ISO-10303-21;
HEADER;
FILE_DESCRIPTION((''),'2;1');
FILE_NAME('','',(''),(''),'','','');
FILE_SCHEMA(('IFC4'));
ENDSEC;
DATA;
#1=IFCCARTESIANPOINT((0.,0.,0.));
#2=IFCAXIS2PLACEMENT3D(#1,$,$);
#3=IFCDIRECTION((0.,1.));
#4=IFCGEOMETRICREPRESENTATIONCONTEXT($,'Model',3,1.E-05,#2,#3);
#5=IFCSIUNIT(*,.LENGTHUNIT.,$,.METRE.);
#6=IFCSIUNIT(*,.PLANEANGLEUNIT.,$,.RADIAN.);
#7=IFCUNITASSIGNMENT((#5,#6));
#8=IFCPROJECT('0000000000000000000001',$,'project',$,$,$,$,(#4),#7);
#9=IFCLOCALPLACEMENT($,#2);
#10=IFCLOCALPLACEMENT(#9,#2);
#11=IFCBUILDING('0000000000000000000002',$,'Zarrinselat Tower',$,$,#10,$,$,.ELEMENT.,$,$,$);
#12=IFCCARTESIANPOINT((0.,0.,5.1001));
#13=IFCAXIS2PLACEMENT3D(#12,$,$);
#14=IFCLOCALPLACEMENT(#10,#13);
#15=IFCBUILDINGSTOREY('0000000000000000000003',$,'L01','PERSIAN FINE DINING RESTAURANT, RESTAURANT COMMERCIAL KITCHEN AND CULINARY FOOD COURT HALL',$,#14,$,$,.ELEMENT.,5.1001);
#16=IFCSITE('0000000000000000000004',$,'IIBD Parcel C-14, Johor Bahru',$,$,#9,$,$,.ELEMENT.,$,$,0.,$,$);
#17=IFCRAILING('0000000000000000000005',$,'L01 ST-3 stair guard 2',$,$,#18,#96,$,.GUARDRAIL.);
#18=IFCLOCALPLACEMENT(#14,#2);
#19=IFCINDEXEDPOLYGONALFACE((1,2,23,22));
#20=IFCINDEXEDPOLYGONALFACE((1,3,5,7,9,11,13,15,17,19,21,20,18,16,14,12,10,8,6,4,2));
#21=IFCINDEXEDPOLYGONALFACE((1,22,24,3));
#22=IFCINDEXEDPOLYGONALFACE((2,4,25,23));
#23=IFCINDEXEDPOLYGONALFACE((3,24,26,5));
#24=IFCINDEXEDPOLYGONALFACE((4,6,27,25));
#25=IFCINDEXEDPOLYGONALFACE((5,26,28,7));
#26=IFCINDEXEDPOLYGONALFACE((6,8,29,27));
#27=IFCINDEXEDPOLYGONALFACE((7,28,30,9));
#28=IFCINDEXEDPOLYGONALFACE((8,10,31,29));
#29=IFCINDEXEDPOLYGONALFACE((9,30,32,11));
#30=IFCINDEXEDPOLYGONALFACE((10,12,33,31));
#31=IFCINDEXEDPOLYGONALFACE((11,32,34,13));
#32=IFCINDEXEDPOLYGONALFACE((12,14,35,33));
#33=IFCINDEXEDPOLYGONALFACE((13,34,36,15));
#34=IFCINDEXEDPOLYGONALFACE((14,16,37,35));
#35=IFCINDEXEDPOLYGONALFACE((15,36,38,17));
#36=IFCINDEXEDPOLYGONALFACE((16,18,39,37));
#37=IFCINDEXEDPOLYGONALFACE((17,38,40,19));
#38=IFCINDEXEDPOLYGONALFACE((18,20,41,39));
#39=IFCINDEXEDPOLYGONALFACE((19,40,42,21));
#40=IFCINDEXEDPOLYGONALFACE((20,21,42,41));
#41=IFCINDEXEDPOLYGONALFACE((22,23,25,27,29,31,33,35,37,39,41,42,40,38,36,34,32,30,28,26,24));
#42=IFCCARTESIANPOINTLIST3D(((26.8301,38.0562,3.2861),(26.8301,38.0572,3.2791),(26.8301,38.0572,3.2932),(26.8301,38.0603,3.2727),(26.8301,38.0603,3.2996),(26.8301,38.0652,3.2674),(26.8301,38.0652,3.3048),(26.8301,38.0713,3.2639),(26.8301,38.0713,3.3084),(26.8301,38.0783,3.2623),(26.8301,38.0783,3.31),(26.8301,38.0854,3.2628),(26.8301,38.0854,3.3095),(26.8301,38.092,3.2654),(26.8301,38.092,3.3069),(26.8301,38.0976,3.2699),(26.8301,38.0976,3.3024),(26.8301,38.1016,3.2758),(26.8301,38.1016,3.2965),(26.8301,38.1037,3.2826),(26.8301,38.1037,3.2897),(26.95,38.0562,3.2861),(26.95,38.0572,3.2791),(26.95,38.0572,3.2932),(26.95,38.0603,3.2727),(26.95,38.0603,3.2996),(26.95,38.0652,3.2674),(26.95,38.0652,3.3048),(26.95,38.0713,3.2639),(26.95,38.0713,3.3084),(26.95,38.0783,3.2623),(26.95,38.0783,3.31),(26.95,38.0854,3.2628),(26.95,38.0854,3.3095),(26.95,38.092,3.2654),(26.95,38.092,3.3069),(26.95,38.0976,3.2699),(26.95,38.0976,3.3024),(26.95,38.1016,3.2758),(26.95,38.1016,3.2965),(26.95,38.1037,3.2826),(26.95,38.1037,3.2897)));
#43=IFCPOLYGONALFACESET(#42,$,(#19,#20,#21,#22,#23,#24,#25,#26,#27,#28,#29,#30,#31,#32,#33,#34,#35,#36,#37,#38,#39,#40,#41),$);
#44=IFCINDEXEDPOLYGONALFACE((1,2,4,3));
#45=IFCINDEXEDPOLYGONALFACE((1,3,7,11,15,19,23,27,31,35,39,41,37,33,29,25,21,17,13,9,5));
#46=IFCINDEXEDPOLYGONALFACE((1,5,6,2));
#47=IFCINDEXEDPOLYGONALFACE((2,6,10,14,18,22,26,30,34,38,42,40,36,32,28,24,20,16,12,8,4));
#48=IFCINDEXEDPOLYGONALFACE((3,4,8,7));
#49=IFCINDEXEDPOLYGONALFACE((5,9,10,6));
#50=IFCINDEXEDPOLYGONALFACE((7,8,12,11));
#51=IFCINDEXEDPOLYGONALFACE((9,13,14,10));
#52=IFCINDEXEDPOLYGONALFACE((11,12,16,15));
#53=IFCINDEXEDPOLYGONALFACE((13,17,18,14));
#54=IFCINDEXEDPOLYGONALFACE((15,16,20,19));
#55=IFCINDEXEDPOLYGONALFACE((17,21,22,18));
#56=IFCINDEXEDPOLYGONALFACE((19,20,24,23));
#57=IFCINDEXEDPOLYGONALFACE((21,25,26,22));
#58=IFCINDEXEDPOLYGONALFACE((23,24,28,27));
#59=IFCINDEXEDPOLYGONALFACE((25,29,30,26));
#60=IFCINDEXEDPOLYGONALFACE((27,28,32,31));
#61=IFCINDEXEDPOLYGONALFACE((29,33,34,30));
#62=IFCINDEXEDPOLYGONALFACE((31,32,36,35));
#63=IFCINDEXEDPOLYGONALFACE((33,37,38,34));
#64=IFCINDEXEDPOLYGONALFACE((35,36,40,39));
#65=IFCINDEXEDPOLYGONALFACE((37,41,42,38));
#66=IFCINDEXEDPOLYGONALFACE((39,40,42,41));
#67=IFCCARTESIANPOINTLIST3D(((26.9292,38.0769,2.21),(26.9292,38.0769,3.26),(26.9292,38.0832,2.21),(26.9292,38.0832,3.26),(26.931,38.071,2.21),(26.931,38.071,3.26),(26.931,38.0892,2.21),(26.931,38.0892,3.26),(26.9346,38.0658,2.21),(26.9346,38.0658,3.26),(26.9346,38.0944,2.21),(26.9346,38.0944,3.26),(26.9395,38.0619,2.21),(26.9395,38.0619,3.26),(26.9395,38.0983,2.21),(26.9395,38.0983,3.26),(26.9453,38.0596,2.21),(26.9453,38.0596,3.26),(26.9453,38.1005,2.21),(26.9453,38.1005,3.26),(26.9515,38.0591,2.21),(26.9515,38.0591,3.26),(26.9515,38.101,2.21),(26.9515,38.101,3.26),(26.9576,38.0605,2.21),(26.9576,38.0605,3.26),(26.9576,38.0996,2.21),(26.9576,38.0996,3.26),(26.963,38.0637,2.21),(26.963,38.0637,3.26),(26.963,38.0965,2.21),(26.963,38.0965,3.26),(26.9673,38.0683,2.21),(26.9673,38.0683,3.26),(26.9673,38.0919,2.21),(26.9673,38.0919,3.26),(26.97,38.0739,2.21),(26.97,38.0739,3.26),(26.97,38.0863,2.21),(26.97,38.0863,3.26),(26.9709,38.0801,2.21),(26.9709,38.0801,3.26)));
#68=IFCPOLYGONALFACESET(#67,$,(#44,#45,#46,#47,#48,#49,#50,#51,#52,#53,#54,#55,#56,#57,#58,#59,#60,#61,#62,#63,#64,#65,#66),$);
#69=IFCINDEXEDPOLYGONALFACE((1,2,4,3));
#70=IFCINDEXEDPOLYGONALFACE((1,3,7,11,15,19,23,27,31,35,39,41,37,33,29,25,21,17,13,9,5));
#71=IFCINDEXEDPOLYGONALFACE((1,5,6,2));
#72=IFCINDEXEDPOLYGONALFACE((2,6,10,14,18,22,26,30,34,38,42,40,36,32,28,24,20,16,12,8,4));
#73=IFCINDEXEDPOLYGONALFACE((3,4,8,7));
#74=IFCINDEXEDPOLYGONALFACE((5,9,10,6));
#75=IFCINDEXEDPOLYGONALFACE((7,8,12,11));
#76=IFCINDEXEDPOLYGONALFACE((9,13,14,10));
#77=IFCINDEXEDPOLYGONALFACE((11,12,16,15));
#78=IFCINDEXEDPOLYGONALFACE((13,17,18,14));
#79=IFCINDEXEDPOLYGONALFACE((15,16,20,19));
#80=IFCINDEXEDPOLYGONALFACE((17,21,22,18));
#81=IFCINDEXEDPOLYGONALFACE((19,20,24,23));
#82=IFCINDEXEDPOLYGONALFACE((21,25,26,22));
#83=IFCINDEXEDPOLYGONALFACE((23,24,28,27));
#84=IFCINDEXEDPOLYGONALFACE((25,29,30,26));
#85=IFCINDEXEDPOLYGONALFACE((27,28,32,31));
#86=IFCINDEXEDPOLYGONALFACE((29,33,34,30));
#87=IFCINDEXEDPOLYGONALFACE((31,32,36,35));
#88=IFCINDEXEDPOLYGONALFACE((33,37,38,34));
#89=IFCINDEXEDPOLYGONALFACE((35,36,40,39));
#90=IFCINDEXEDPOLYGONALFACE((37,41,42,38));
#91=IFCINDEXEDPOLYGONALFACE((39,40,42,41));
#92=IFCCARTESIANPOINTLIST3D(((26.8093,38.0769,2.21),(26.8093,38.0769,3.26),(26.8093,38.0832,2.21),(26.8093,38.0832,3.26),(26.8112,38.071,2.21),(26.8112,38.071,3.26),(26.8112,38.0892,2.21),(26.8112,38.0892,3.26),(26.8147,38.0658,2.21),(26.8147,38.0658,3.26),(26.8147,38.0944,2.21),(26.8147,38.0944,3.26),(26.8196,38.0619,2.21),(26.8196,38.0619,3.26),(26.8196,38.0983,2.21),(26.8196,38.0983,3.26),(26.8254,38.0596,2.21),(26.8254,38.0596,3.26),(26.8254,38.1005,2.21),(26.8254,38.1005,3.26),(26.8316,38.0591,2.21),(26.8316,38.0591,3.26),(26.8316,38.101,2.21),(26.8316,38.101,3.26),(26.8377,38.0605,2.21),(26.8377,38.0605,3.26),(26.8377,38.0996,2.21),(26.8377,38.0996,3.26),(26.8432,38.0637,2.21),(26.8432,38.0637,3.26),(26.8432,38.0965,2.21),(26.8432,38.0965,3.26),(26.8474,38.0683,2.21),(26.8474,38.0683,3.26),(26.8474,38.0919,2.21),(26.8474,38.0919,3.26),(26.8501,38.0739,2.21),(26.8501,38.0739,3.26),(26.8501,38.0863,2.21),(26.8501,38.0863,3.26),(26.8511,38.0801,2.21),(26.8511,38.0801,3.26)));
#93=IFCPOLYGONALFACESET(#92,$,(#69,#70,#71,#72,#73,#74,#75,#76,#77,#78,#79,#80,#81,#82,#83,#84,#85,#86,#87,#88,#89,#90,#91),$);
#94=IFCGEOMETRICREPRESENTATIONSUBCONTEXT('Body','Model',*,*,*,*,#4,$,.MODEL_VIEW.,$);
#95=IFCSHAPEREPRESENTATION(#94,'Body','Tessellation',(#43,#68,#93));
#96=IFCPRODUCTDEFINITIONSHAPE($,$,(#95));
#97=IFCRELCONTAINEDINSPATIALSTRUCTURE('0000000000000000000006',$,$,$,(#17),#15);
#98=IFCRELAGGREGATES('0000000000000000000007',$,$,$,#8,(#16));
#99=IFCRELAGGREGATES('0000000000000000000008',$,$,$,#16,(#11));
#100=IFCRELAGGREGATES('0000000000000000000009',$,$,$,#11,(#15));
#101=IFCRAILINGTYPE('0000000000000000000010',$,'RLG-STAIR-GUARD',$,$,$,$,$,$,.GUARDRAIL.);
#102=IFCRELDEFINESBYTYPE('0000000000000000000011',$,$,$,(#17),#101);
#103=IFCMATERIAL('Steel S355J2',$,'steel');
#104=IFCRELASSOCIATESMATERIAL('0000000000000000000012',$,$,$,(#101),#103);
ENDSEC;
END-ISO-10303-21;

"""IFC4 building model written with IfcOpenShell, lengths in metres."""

from ifc_helpers import new_model, si_unit, direction, frame, origin, origin_2d, place, context, subcontext, project, spatial, circle, extrude, material, type_object, element, save


model = new_model("IFC4")

# Units and contexts
model_context = context("Model", 3, precision=1e-05, world=origin(), true_north=direction((0.0, 1.0)))
body_context = subcontext(model_context, "Body", "Model", "MODEL_VIEW")
ifc_project = project(units=[si_unit("LENGTHUNIT", "METRE"), si_unit("PLANEANGLEUNIT", "RADIAN")], contexts=[model_context])

# Site, building, storey
site_placement = place(None, origin())
site = spatial("IfcSite", under=ifc_project, at=site_placement, Name="IIBD Parcel C-14, Johor Bahru", CompositionType="ELEMENT", RefElevation=0.0)
building_placement = place(site_placement, origin())
building = spatial("IfcBuilding", under=site, at=building_placement, Name="Zarrinselat Tower", CompositionType="ELEMENT")
storey_placement = place(building_placement, frame((0.0, 0.0, 5.1001)))
storey = spatial("IfcBuildingStorey", under=building, at=storey_placement, Name="L01", Description="PERSIAN FINE DINING RESTAURANT, RESTAURANT COMMERCIAL KITCHEN AND CULINARY FOOD COURT HALL", CompositionType="ELEMENT", Elevation=5.1001)

# Railing
ifc_material_1 = material(Name="Steel S355J2", Category="steel")
railing_type_1 = type_object("IfcRailingType", Name="RLG-STAIR-GUARD", PredefinedType="GUARDRAIL", material=ifc_material_1)
railing_1_placement = place(storey_placement, frame((26.95, 38.0801, 2.21)))
element("IfcRailing", 1, at=railing_1_placement, inside=storey, type_object=railing_type_1, Name="L01 ST-3 stair guard 2", PredefinedType="GUARDRAIL", context=body_context, shape_type="SweptSolid", body=[
    extrude(circle(Radius=0.0239, at=origin_2d()), frame((0.0, 0.0, 1.0762), z_axis=(-1.0, 0.0, 0.0), x_axis=(0.0, -1.0, 0.0)), (0.0, 0.0, 1.0), 0.1199),
    extrude(circle(Radius=0.021, at=origin_2d()), origin(), (0.0, 0.0, 1.0), 1.05),
    extrude(circle(Radius=0.021, at=origin_2d()), frame((-0.1199, 0.0, 0.0)), (0.0, 0.0, 1.0), 1.05),
])

save(model, "model.ifc")
